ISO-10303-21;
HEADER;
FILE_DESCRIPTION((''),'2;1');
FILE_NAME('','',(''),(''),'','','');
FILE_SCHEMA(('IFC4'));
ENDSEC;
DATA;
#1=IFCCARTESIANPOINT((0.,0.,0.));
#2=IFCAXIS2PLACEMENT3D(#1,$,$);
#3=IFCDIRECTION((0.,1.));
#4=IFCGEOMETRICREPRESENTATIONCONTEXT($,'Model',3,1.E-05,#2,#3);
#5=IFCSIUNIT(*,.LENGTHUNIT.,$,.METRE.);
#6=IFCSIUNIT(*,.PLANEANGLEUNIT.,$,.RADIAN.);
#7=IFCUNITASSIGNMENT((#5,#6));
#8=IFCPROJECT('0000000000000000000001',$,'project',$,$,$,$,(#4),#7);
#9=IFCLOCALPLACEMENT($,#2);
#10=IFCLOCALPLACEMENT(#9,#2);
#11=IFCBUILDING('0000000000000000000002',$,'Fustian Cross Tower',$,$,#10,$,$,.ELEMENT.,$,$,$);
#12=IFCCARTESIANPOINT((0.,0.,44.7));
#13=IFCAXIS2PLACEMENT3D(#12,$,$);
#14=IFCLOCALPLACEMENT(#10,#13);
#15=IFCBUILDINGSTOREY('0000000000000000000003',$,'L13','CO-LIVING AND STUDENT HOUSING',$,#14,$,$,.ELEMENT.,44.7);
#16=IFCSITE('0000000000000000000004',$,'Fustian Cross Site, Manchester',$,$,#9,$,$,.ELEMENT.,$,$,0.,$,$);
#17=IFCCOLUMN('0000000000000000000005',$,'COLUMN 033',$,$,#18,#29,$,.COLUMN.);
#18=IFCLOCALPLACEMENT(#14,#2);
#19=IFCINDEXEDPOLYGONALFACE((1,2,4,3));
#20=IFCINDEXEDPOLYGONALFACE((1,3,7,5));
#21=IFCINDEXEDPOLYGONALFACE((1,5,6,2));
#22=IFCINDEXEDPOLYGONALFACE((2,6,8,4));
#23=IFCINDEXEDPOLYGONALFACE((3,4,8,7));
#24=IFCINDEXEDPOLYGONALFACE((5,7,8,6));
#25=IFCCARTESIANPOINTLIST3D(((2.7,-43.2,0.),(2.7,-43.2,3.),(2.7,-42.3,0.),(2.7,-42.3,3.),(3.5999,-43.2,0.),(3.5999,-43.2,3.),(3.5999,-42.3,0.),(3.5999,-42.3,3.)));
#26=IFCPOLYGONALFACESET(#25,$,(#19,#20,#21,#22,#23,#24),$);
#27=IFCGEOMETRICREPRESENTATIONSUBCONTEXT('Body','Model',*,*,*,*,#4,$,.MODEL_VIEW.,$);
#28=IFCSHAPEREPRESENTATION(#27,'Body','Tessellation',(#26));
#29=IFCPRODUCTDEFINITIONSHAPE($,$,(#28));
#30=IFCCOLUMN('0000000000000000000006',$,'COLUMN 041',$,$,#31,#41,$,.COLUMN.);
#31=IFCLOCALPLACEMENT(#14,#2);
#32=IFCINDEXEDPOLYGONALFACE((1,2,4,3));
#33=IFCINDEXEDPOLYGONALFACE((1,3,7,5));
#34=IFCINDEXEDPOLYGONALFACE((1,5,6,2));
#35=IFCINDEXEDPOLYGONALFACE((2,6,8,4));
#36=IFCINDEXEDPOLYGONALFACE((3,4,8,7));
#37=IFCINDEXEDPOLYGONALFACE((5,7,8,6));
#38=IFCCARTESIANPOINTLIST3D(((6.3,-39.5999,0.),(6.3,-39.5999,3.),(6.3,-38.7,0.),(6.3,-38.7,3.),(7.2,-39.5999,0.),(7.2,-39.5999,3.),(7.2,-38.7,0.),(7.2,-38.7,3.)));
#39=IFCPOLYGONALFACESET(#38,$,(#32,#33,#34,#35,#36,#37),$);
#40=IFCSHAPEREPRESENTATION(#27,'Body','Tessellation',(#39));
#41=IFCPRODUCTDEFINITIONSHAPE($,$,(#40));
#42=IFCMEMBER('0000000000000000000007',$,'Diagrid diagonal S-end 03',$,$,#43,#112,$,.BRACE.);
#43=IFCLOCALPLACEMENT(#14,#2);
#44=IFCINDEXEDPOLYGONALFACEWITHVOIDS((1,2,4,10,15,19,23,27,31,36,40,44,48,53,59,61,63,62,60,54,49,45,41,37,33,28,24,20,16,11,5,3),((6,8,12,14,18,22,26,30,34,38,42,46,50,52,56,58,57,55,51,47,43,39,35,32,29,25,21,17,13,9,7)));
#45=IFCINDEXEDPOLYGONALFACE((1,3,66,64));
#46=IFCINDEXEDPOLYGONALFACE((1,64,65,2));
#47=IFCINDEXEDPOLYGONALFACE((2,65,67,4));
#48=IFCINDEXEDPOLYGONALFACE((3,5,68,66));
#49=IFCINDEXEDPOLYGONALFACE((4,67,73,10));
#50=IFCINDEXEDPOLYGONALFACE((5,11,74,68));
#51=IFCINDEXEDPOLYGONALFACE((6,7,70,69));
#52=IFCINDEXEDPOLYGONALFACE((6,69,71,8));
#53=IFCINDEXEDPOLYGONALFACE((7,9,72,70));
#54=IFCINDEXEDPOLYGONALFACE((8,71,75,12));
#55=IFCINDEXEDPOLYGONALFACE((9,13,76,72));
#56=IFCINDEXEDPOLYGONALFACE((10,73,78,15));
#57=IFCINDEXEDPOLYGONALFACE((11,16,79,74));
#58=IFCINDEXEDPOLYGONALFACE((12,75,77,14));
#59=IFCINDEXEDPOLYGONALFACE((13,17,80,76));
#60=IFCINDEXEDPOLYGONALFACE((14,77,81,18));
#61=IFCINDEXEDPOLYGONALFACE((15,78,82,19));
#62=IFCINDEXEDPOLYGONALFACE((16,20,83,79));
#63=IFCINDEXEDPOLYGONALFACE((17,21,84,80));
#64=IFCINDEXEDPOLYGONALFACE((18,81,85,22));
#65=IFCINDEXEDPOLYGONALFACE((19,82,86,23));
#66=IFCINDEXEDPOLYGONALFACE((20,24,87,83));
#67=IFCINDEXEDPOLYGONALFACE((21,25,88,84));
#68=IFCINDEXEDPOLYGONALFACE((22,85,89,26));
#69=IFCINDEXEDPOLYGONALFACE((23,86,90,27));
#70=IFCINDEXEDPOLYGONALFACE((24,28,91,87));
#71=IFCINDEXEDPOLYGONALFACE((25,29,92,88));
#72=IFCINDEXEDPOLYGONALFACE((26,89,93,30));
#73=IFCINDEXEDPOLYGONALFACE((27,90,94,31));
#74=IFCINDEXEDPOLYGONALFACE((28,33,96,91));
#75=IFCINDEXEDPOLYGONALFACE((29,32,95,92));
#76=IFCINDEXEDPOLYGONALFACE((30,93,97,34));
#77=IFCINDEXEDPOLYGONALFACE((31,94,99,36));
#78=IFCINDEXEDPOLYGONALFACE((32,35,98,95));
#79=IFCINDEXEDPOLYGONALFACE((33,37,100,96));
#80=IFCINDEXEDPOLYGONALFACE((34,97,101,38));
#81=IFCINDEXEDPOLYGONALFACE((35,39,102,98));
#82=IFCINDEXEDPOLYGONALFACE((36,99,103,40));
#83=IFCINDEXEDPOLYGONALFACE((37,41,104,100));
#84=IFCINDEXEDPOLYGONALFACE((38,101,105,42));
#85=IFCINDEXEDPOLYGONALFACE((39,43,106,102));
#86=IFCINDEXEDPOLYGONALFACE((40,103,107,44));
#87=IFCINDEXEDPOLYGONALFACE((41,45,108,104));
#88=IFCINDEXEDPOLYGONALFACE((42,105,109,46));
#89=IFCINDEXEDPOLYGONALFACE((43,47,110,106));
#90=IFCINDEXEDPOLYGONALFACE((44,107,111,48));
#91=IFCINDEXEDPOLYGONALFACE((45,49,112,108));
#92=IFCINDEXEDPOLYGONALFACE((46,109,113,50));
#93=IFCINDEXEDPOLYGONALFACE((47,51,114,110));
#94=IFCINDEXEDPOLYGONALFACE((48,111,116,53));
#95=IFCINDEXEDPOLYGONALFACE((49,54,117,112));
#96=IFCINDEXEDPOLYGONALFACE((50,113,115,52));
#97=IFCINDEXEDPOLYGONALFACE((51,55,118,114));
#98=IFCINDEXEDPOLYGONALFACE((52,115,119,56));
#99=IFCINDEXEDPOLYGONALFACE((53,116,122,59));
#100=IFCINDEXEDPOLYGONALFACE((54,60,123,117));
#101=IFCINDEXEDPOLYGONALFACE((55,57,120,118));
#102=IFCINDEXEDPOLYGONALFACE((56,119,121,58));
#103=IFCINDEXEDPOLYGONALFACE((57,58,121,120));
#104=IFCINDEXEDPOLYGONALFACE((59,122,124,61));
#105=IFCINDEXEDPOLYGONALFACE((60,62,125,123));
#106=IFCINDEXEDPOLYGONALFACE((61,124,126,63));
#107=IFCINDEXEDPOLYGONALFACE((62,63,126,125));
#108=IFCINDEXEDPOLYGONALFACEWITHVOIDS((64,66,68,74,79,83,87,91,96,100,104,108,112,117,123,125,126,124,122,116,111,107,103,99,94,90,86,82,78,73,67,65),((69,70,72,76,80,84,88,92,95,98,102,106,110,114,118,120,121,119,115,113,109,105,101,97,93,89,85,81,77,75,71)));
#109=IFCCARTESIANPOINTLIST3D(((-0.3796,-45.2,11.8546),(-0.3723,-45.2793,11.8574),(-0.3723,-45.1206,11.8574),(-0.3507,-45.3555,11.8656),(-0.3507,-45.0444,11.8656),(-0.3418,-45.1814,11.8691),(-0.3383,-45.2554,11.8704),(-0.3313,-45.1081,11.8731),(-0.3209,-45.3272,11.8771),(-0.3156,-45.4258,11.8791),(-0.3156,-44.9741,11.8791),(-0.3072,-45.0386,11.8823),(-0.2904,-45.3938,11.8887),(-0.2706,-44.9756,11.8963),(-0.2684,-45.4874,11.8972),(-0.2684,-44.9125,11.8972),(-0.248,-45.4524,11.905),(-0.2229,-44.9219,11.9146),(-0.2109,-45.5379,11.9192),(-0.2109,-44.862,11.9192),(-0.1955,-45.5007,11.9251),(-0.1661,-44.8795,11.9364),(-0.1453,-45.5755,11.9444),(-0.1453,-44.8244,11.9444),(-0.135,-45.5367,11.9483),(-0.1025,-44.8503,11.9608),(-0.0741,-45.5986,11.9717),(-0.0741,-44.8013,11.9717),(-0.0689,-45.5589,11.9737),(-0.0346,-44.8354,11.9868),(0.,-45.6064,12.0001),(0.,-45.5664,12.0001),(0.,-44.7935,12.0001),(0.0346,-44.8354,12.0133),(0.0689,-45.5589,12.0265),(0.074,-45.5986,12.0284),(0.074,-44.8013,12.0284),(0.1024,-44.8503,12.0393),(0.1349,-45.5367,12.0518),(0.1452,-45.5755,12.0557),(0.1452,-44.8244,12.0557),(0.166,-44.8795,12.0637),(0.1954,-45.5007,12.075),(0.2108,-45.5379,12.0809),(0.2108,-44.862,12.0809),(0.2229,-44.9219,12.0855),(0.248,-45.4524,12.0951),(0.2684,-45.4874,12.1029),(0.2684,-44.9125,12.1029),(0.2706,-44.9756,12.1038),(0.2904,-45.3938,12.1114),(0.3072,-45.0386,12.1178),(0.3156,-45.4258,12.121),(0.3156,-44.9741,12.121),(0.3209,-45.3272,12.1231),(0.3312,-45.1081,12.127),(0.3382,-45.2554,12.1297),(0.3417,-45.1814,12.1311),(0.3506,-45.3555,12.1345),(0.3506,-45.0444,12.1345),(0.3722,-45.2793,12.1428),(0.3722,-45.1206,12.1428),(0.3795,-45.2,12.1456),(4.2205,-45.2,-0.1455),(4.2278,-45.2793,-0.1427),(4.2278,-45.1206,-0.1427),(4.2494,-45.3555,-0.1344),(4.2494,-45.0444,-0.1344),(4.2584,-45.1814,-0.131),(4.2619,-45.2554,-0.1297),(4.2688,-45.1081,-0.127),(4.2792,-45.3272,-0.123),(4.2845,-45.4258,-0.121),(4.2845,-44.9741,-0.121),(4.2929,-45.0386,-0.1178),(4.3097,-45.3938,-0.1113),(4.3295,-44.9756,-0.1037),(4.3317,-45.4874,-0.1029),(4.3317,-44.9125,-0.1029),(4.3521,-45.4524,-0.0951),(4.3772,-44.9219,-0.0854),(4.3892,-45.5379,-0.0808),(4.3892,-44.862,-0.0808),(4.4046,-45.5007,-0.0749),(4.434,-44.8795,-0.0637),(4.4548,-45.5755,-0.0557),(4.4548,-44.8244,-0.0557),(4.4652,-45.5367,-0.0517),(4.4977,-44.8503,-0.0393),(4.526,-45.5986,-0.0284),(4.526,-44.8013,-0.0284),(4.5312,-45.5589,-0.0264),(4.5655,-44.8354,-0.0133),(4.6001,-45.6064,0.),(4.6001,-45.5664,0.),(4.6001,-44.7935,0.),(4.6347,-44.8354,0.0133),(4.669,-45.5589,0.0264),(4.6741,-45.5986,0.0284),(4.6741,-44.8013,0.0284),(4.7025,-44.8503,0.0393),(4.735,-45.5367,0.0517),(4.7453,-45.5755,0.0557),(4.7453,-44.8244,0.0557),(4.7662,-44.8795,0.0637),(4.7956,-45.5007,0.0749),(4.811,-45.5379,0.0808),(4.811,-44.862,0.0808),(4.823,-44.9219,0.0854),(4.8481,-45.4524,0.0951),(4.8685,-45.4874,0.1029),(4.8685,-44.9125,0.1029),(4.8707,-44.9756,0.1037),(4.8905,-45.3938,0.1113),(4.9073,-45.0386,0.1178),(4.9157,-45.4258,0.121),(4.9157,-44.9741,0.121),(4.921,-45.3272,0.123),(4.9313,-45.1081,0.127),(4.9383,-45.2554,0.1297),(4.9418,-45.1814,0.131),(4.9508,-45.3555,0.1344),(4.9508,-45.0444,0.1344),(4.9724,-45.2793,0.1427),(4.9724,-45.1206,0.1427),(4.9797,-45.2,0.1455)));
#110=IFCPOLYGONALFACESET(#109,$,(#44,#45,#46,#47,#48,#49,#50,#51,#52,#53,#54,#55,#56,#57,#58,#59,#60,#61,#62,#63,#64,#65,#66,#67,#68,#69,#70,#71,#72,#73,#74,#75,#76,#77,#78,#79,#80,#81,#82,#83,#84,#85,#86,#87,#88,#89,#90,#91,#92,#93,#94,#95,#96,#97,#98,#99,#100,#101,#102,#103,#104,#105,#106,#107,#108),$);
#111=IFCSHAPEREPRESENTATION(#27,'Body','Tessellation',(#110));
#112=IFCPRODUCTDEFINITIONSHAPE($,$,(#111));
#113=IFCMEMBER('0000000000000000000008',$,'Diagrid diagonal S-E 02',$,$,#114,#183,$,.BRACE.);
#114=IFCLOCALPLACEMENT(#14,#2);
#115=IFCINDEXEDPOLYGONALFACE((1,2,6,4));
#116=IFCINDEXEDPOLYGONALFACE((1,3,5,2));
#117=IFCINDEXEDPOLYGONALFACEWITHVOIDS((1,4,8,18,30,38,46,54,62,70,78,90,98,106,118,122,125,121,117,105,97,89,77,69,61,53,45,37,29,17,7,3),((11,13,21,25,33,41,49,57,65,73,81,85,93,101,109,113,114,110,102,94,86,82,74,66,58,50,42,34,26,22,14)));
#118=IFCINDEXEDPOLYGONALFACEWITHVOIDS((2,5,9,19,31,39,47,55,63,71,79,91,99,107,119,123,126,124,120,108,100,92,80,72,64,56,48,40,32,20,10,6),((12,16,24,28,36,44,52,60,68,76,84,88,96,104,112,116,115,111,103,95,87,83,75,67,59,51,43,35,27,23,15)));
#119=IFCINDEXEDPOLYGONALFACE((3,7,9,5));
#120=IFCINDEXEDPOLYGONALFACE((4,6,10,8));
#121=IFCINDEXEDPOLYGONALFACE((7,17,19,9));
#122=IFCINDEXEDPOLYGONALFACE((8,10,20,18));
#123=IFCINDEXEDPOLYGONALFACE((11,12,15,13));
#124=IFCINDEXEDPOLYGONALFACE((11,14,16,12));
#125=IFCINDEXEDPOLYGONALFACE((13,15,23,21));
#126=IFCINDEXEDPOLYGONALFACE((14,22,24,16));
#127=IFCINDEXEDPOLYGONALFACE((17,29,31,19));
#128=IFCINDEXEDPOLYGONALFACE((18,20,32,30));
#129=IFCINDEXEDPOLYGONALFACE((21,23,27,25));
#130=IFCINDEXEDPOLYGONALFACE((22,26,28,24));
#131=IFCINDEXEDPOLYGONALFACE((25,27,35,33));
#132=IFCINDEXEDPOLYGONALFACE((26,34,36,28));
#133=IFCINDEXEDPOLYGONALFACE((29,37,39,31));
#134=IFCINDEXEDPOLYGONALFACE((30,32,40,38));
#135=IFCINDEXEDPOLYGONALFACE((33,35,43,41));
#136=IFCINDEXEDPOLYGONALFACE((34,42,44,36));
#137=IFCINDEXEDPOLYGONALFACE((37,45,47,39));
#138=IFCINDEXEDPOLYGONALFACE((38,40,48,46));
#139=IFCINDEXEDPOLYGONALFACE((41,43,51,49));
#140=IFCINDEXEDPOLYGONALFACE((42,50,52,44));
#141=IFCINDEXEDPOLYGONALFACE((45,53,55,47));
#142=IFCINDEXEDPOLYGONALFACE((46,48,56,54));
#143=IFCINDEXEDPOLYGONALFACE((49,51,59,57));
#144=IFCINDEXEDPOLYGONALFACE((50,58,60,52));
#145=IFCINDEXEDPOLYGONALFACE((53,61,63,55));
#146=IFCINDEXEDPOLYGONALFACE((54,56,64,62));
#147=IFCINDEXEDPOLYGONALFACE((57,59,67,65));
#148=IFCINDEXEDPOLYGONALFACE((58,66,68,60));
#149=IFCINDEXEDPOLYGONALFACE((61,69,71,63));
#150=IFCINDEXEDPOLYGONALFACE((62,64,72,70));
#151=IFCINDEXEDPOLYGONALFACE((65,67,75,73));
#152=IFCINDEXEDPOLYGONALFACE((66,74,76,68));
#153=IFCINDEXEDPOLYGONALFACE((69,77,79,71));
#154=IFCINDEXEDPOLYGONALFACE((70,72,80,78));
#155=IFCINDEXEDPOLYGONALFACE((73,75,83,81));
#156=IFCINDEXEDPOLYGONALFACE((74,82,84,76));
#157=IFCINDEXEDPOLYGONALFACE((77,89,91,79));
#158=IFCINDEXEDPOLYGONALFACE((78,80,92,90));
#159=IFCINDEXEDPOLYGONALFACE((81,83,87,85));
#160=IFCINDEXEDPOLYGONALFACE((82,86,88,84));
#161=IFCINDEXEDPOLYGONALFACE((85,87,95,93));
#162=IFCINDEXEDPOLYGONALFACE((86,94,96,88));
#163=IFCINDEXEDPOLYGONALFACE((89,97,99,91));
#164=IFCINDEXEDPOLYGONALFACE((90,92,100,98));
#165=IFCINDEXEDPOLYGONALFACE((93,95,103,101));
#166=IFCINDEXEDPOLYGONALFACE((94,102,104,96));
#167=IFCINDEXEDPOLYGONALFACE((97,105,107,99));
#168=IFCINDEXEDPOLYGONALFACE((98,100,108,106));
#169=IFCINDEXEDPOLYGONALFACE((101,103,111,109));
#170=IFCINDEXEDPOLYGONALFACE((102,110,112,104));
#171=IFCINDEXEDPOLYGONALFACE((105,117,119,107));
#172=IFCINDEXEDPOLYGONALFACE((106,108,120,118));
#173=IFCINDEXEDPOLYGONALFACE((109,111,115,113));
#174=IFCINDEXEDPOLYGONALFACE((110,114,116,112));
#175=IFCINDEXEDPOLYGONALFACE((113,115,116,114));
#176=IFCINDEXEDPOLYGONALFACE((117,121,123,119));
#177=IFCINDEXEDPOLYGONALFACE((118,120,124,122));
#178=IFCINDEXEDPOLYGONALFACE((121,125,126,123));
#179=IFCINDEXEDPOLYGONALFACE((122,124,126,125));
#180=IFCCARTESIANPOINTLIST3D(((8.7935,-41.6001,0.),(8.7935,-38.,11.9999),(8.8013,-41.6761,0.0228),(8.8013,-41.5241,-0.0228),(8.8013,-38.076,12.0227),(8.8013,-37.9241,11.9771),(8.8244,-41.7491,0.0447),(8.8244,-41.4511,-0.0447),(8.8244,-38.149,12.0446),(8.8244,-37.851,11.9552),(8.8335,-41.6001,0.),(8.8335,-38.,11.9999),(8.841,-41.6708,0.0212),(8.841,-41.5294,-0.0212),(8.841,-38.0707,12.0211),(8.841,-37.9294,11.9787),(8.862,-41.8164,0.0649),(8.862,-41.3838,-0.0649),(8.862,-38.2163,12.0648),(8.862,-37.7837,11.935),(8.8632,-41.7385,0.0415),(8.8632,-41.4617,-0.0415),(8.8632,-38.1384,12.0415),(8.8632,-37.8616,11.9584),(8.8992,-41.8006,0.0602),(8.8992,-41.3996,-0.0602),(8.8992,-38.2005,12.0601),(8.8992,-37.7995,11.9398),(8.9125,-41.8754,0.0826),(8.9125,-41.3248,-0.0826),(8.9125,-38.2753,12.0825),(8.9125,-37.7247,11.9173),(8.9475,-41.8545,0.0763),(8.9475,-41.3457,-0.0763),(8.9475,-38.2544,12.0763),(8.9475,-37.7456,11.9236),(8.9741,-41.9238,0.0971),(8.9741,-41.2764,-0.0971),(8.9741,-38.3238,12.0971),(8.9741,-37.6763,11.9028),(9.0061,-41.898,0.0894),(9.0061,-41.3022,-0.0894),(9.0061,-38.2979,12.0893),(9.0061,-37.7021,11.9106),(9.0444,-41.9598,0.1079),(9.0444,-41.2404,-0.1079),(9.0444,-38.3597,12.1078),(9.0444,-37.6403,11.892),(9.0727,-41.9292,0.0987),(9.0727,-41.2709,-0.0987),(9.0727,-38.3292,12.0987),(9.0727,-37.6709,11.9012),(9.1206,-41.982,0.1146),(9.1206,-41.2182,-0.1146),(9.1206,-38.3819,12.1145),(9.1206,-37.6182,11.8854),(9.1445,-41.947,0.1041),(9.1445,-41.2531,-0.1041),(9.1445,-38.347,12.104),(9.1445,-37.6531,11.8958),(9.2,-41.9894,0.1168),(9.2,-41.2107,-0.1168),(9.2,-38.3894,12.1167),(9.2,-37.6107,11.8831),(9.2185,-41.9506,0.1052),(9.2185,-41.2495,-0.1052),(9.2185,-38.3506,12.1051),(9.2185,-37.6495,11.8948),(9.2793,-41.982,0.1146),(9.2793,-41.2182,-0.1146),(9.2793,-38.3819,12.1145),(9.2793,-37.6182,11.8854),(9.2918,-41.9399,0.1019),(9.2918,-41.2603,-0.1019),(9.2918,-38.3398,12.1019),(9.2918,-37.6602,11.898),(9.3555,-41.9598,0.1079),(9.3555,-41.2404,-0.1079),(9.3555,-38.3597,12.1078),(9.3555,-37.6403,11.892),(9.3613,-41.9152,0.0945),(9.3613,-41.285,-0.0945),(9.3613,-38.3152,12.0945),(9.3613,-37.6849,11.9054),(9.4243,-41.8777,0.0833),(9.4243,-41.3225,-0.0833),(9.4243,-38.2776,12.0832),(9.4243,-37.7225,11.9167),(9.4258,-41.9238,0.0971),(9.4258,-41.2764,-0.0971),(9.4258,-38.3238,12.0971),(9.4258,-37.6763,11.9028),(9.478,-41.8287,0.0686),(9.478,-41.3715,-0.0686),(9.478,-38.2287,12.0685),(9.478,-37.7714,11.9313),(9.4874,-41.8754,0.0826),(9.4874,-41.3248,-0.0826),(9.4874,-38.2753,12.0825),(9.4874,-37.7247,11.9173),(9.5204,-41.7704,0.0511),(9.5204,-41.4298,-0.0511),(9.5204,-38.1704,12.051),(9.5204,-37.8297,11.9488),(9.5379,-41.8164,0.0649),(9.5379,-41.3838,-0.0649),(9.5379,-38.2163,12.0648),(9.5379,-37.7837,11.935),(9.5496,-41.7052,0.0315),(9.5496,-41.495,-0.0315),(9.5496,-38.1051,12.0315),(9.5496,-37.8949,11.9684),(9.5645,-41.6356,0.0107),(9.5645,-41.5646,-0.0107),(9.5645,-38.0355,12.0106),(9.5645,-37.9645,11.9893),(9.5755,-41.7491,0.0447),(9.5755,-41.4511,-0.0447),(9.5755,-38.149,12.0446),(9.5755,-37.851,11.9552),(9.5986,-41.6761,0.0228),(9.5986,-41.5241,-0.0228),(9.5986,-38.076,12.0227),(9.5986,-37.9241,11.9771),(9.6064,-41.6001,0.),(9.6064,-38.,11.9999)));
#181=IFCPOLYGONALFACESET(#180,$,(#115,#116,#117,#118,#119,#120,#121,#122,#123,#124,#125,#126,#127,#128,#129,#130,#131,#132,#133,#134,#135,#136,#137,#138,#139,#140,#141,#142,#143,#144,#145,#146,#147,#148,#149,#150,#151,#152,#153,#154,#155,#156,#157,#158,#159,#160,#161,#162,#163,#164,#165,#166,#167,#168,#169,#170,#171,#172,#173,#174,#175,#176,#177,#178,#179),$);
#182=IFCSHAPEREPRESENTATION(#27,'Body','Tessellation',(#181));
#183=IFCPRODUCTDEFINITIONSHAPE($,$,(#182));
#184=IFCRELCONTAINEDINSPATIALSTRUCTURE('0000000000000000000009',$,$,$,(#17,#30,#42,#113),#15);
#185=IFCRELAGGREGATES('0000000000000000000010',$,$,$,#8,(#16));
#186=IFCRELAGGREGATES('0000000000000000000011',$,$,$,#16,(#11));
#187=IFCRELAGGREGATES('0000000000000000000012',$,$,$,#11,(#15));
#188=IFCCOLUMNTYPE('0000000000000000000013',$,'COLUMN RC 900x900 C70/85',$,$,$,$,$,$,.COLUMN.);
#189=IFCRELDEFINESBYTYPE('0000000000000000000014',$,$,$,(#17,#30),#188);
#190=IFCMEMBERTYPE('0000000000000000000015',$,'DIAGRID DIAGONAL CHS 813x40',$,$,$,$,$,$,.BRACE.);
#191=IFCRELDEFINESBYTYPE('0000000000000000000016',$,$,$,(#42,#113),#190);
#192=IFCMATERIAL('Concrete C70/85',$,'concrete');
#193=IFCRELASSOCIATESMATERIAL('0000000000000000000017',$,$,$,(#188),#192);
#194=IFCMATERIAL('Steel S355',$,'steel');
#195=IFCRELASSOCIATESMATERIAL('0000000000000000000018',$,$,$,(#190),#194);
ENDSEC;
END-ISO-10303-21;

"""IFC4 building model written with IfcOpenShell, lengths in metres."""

from ifc_helpers import new_model, si_unit, direction, frame, origin, origin_2d, place, context, subcontext, project, spatial, rectangle, hollow_circle, extrude, material, material_profile, profile_set, type_object, element, save


model = new_model("IFC4")

# Units and contexts
model_context = context("Model", 3, precision=1e-05, world=origin(), true_north=direction((0.0, 1.0)))
body_context = subcontext(model_context, "Body", "Model", "MODEL_VIEW")
ifc_project = project(units=[si_unit("LENGTHUNIT", "METRE"), si_unit("PLANEANGLEUNIT", "RADIAN")], contexts=[model_context])

# Site, building, storey
site_placement = place(None, origin())
site = spatial("IfcSite", under=ifc_project, at=site_placement, Name="Fustian Cross Site, Manchester", CompositionType="ELEMENT", RefElevation=0.0)
building_placement = place(site_placement, origin())
building = spatial("IfcBuilding", under=site, at=building_placement, Name="Fustian Cross Tower", CompositionType="ELEMENT")
storey_placement = place(building_placement, frame((0.0, 0.0, 44.7)))
storey = spatial("IfcBuildingStorey", under=building, at=storey_placement, Name="L13", Description="CO-LIVING AND STUDENT HOUSING", CompositionType="ELEMENT", Elevation=44.7)

# Columns
ifc_material_1 = material(Name="Concrete C70/85", Category="concrete")
ifc_material_profile_1 = material_profile(ifc_material_1, rectangle(XDim=0.8999, YDim=0.8999, at=origin_2d()), Name="RC 900x900")
ifc_profile_set_1 = profile_set([ifc_material_profile_1], Name="Concrete C70/85")
column_type = type_object("IfcColumnType", Name="COLUMN RC 900x900 C70/85", PredefinedType="COLUMN", material=ifc_profile_set_1)
for number, where, z_axis, x_axis, name in (
    (1, (3.1499, -42.75, 0.0), (0.0, 0.0, 1.0), (1.0, 0.0, 0.0), "COLUMN 033"),
    (2, (6.75, -39.1499, 0.0), (0.0, 0.0, 1.0), (1.0, 0.0, 0.0), "COLUMN 041"),
):
    element("IfcColumn", number, at=place(storey_placement, frame(where, z_axis=z_axis, x_axis=x_axis)), inside=storey, type_object=column_type, Name=name, PredefinedType="COLUMN", context=body_context, shape_type="SweptSolid", body=[
        extrude(rectangle(XDim=0.8999, YDim=0.8999, at=origin_2d()), origin(), (0.0, 0.0, 1.0), 3.0),
    ])

# Members
ifc_material_2 = material(Name="Steel S355", Category="steel")
ifc_material_profile_2 = material_profile(ifc_material_2, hollow_circle(Radius=0.4065, WallThickness=0.04, at=origin_2d()), Name="CHS 813x40")
ifc_profile_set_2 = profile_set([ifc_material_profile_2], Name="Steel S355")
member_type_1 = type_object("IfcMemberType", Name="DIAGRID DIAGONAL CHS 813x40", PredefinedType="BRACE", material=ifc_profile_set_2)
member_1_placement = place(storey_placement, frame((4.6001, -45.2, 0.0), z_axis=(-0.357943, 0.0, 0.933744), x_axis=(0.0, -1.0, 0.0)))
element("IfcMember", 3, at=member_1_placement, inside=storey, type_object=member_type_1, Name="Diagrid diagonal S-end 03", PredefinedType="BRACE", context=body_context, shape_type="SweptSolid", body=[
    extrude(hollow_circle(Radius=0.4065, WallThickness=0.04, at=origin_2d()), origin(), (0.0, 0.0, 1.0), 12.8516),
])
member_2_placement = place(storey_placement, frame((9.2, -41.6001, 0.0), z_axis=(0.0, 0.287355, 0.957824), x_axis=(-1.0, 0.0, 0.0)))
element("IfcMember", 4, at=member_2_placement, inside=storey, type_object=member_type_1, Name="Diagrid diagonal S-E 02", PredefinedType="BRACE", context=body_context, shape_type="SweptSolid", body=[
    extrude(hollow_circle(Radius=0.4065, WallThickness=0.04, at=origin_2d()), origin(), (0.0, 0.0, 1.0), 12.5283),
])

save(model, "model.ifc")
